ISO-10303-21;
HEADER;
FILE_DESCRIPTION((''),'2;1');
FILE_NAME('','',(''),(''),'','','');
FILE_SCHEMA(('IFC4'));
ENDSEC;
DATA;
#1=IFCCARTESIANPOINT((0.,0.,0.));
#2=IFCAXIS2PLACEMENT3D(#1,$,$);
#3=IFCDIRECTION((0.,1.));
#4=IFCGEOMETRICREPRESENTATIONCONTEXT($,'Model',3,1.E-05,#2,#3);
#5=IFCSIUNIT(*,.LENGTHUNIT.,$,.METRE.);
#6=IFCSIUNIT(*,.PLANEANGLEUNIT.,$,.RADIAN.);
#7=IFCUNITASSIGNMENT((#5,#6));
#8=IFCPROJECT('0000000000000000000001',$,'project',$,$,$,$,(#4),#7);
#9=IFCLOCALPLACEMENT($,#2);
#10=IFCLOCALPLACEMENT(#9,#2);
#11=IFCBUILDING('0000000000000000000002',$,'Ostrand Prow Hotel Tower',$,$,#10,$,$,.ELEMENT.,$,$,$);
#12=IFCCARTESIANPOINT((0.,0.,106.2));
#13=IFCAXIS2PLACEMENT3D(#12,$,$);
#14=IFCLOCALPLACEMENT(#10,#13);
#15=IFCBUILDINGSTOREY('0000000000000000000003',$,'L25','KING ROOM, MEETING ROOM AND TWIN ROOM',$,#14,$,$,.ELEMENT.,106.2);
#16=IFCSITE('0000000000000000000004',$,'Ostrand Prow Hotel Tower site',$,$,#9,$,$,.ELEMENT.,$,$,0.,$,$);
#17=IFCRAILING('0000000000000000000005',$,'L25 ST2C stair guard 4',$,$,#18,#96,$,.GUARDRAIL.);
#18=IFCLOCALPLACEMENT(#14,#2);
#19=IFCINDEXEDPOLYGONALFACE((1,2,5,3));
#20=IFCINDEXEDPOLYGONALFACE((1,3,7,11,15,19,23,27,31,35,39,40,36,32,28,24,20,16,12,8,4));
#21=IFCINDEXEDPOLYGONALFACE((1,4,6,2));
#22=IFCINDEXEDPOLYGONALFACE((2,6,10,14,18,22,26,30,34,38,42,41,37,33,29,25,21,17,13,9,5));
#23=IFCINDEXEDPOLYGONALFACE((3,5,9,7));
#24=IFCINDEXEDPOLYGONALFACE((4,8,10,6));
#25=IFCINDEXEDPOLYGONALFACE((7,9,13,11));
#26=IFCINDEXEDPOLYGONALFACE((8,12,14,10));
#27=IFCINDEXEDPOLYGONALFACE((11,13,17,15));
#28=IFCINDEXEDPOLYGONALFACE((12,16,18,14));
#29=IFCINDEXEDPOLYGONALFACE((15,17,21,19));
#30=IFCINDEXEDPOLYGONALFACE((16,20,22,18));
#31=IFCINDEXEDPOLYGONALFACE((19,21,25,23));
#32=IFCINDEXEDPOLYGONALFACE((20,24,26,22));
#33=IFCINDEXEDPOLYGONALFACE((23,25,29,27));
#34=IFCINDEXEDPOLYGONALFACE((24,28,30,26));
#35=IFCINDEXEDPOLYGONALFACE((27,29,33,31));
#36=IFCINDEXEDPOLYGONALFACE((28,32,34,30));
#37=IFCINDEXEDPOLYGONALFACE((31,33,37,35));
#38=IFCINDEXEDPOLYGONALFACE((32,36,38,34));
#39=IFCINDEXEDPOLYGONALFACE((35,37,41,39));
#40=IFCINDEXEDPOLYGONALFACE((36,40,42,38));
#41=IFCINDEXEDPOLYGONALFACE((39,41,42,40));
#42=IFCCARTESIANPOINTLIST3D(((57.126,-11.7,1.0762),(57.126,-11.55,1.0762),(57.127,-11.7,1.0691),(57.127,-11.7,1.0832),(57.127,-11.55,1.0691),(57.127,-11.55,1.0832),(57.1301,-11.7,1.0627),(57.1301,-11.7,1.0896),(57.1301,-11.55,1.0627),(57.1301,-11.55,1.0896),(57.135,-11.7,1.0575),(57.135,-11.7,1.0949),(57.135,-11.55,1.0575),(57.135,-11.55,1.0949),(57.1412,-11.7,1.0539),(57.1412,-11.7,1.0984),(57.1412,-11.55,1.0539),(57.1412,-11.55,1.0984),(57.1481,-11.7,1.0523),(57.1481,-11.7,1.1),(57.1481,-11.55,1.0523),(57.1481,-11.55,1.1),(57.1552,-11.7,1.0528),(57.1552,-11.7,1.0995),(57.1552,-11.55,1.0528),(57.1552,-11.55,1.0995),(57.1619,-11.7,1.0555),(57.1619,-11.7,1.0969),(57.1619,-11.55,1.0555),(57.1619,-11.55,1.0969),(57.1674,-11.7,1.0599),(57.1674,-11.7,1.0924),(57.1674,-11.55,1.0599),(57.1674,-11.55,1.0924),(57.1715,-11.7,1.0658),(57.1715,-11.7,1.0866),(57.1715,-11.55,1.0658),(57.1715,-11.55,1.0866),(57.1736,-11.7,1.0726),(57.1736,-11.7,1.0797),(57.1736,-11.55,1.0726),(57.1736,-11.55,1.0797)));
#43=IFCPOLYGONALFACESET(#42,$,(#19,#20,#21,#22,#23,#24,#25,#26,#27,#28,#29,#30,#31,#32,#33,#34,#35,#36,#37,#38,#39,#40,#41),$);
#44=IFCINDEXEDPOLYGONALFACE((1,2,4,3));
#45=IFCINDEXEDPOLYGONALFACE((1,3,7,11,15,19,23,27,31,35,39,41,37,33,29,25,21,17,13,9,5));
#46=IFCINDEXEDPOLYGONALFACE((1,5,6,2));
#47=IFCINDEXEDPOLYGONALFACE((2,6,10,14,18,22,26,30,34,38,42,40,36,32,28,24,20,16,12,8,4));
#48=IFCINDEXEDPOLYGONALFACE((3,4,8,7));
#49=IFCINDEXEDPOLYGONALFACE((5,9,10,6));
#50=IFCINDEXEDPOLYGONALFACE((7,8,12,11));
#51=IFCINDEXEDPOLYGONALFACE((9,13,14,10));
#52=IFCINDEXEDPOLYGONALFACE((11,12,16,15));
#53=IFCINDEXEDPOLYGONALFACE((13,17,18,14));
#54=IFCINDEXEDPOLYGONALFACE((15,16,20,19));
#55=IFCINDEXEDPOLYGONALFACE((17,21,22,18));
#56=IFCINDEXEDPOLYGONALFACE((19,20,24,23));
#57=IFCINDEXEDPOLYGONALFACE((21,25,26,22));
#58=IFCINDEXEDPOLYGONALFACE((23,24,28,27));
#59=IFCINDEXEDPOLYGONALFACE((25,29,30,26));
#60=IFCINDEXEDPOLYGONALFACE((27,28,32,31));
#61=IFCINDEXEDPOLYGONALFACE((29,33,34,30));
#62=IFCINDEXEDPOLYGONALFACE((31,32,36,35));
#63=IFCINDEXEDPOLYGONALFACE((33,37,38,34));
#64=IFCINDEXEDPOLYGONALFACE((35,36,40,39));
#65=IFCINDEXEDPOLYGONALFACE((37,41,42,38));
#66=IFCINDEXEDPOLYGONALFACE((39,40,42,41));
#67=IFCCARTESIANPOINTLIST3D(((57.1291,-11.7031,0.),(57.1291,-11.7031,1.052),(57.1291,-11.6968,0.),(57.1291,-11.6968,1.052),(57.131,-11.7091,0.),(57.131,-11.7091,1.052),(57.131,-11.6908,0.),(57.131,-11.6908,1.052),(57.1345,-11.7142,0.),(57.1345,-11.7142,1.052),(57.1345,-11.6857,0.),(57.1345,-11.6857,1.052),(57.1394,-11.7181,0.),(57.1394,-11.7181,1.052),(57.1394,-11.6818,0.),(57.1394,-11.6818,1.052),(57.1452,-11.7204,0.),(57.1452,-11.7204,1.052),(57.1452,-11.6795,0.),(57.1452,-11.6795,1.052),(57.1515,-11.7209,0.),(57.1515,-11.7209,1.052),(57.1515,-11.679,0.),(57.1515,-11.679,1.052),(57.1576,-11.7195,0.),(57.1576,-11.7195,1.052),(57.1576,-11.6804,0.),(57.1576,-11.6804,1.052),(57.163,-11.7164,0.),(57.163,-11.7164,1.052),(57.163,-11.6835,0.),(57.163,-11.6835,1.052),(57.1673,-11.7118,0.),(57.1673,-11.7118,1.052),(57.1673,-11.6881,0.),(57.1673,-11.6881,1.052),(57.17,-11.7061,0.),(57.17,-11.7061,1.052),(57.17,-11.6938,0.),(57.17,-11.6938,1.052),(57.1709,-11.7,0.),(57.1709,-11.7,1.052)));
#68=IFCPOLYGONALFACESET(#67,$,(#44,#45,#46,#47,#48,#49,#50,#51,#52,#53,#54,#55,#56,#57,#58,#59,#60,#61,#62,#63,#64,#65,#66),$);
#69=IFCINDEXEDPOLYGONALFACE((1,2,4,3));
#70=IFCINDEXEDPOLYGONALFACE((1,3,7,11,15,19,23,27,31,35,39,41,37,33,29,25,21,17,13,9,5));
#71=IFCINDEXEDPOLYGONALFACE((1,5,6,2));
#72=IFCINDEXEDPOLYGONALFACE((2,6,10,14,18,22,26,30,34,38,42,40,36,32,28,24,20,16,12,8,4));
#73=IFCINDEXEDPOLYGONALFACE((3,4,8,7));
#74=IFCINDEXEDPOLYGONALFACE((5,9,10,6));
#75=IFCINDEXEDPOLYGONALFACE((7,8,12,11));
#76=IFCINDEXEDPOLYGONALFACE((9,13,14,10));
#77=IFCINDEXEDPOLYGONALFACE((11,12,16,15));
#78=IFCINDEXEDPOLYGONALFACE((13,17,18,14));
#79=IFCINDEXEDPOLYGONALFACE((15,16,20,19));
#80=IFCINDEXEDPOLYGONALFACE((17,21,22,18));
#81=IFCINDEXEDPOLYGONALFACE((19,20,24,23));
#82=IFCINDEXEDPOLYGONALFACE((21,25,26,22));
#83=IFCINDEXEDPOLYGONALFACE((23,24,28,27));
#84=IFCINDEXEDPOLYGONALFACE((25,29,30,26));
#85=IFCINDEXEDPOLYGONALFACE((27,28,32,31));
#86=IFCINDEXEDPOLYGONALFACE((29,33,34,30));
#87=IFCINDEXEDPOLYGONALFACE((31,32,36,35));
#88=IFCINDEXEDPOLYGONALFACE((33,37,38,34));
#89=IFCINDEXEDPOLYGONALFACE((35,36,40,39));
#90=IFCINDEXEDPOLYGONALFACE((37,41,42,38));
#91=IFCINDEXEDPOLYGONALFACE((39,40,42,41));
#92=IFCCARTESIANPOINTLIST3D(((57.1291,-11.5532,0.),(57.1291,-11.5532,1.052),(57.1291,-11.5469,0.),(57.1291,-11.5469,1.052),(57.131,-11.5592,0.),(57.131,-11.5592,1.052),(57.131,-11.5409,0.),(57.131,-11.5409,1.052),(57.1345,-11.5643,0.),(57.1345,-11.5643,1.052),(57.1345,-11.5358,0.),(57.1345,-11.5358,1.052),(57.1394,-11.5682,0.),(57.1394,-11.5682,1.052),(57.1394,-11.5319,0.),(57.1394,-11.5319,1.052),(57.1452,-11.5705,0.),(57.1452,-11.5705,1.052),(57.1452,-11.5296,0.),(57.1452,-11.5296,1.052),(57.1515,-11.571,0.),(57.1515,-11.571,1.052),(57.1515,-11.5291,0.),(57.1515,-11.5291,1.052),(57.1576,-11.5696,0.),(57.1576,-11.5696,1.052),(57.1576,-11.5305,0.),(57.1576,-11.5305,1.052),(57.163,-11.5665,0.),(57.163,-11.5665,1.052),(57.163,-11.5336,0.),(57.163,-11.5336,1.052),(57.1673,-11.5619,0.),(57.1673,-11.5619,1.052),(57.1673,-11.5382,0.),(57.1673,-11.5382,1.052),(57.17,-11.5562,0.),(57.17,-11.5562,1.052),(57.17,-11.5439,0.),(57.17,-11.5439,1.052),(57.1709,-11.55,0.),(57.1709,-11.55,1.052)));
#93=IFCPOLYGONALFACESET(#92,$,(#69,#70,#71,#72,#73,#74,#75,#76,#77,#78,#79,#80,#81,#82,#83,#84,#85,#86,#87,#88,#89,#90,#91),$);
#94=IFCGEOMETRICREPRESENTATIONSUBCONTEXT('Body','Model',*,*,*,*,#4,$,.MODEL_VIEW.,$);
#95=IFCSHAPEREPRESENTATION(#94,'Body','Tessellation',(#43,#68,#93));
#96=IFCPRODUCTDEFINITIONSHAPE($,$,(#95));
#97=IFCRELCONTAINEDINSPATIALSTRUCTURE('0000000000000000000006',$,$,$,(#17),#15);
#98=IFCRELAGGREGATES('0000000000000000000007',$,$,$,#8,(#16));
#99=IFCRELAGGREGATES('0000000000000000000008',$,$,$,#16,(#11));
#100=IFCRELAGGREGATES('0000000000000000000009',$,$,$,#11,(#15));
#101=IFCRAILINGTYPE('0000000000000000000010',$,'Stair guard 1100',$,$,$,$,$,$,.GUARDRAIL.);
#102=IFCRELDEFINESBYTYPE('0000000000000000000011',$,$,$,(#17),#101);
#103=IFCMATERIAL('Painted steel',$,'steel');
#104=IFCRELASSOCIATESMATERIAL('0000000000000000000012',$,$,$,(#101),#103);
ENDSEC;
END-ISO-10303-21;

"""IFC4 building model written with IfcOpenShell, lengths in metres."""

from ifc_helpers import new_model, si_unit, direction, frame, origin, origin_2d, place, context, subcontext, project, spatial, circle, extrude, material, type_object, element, save


model = new_model("IFC4")

# Units and contexts
model_context = context("Model", 3, precision=1e-05, world=origin(), true_north=direction((0.0, 1.0)))
body_context = subcontext(model_context, "Body", "Model", "MODEL_VIEW")
ifc_project = project(units=[si_unit("LENGTHUNIT", "METRE"), si_unit("PLANEANGLEUNIT", "RADIAN")], contexts=[model_context])

# Site, building, storey
site_placement = place(None, origin())
site = spatial("IfcSite", under=ifc_project, at=site_placement, Name="Ostrand Prow Hotel Tower site", CompositionType="ELEMENT", RefElevation=0.0)
building_placement = place(site_placement, origin())
building = spatial("IfcBuilding", under=site, at=building_placement, Name="Ostrand Prow Hotel Tower", CompositionType="ELEMENT")
storey_placement = place(building_placement, frame((0.0, 0.0, 106.2)))
storey = spatial("IfcBuildingStorey", under=building, at=storey_placement, Name="L25", Description="KING ROOM, MEETING ROOM AND TWIN ROOM", CompositionType="ELEMENT", Elevation=106.2)

# Railing
ifc_material_1 = material(Name="Painted steel", Category="steel")
railing_type_1 = type_object("IfcRailingType", Name="Stair guard 1100", PredefinedType="GUARDRAIL", material=ifc_material_1)
railing_1_placement = place(storey_placement, frame((57.1499, -11.7, 0.0)))
element("IfcRailing", 1, at=railing_1_placement, inside=storey, type_object=railing_type_1, Name="L25 ST2C stair guard 4", PredefinedType="GUARDRAIL", context=body_context, shape_type="SweptSolid", body=[
    extrude(circle(Radius=0.0239, at=origin_2d()), frame((0.0, 0.0, 1.0762), z_axis=(0.0, 1.0, 0.0), x_axis=(-1.0, 0.0, 0.0)), (0.0, 0.0, 1.0), 0.1499),
    extrude(circle(Radius=0.021, at=origin_2d()), origin(), (0.0, 0.0, 1.0), 1.052),
    extrude(circle(Radius=0.021, at=origin_2d()), frame((0.0, 0.1499, 0.0)), (0.0, 0.0, 1.0), 1.052),
])

save(model, "model.ifc")
